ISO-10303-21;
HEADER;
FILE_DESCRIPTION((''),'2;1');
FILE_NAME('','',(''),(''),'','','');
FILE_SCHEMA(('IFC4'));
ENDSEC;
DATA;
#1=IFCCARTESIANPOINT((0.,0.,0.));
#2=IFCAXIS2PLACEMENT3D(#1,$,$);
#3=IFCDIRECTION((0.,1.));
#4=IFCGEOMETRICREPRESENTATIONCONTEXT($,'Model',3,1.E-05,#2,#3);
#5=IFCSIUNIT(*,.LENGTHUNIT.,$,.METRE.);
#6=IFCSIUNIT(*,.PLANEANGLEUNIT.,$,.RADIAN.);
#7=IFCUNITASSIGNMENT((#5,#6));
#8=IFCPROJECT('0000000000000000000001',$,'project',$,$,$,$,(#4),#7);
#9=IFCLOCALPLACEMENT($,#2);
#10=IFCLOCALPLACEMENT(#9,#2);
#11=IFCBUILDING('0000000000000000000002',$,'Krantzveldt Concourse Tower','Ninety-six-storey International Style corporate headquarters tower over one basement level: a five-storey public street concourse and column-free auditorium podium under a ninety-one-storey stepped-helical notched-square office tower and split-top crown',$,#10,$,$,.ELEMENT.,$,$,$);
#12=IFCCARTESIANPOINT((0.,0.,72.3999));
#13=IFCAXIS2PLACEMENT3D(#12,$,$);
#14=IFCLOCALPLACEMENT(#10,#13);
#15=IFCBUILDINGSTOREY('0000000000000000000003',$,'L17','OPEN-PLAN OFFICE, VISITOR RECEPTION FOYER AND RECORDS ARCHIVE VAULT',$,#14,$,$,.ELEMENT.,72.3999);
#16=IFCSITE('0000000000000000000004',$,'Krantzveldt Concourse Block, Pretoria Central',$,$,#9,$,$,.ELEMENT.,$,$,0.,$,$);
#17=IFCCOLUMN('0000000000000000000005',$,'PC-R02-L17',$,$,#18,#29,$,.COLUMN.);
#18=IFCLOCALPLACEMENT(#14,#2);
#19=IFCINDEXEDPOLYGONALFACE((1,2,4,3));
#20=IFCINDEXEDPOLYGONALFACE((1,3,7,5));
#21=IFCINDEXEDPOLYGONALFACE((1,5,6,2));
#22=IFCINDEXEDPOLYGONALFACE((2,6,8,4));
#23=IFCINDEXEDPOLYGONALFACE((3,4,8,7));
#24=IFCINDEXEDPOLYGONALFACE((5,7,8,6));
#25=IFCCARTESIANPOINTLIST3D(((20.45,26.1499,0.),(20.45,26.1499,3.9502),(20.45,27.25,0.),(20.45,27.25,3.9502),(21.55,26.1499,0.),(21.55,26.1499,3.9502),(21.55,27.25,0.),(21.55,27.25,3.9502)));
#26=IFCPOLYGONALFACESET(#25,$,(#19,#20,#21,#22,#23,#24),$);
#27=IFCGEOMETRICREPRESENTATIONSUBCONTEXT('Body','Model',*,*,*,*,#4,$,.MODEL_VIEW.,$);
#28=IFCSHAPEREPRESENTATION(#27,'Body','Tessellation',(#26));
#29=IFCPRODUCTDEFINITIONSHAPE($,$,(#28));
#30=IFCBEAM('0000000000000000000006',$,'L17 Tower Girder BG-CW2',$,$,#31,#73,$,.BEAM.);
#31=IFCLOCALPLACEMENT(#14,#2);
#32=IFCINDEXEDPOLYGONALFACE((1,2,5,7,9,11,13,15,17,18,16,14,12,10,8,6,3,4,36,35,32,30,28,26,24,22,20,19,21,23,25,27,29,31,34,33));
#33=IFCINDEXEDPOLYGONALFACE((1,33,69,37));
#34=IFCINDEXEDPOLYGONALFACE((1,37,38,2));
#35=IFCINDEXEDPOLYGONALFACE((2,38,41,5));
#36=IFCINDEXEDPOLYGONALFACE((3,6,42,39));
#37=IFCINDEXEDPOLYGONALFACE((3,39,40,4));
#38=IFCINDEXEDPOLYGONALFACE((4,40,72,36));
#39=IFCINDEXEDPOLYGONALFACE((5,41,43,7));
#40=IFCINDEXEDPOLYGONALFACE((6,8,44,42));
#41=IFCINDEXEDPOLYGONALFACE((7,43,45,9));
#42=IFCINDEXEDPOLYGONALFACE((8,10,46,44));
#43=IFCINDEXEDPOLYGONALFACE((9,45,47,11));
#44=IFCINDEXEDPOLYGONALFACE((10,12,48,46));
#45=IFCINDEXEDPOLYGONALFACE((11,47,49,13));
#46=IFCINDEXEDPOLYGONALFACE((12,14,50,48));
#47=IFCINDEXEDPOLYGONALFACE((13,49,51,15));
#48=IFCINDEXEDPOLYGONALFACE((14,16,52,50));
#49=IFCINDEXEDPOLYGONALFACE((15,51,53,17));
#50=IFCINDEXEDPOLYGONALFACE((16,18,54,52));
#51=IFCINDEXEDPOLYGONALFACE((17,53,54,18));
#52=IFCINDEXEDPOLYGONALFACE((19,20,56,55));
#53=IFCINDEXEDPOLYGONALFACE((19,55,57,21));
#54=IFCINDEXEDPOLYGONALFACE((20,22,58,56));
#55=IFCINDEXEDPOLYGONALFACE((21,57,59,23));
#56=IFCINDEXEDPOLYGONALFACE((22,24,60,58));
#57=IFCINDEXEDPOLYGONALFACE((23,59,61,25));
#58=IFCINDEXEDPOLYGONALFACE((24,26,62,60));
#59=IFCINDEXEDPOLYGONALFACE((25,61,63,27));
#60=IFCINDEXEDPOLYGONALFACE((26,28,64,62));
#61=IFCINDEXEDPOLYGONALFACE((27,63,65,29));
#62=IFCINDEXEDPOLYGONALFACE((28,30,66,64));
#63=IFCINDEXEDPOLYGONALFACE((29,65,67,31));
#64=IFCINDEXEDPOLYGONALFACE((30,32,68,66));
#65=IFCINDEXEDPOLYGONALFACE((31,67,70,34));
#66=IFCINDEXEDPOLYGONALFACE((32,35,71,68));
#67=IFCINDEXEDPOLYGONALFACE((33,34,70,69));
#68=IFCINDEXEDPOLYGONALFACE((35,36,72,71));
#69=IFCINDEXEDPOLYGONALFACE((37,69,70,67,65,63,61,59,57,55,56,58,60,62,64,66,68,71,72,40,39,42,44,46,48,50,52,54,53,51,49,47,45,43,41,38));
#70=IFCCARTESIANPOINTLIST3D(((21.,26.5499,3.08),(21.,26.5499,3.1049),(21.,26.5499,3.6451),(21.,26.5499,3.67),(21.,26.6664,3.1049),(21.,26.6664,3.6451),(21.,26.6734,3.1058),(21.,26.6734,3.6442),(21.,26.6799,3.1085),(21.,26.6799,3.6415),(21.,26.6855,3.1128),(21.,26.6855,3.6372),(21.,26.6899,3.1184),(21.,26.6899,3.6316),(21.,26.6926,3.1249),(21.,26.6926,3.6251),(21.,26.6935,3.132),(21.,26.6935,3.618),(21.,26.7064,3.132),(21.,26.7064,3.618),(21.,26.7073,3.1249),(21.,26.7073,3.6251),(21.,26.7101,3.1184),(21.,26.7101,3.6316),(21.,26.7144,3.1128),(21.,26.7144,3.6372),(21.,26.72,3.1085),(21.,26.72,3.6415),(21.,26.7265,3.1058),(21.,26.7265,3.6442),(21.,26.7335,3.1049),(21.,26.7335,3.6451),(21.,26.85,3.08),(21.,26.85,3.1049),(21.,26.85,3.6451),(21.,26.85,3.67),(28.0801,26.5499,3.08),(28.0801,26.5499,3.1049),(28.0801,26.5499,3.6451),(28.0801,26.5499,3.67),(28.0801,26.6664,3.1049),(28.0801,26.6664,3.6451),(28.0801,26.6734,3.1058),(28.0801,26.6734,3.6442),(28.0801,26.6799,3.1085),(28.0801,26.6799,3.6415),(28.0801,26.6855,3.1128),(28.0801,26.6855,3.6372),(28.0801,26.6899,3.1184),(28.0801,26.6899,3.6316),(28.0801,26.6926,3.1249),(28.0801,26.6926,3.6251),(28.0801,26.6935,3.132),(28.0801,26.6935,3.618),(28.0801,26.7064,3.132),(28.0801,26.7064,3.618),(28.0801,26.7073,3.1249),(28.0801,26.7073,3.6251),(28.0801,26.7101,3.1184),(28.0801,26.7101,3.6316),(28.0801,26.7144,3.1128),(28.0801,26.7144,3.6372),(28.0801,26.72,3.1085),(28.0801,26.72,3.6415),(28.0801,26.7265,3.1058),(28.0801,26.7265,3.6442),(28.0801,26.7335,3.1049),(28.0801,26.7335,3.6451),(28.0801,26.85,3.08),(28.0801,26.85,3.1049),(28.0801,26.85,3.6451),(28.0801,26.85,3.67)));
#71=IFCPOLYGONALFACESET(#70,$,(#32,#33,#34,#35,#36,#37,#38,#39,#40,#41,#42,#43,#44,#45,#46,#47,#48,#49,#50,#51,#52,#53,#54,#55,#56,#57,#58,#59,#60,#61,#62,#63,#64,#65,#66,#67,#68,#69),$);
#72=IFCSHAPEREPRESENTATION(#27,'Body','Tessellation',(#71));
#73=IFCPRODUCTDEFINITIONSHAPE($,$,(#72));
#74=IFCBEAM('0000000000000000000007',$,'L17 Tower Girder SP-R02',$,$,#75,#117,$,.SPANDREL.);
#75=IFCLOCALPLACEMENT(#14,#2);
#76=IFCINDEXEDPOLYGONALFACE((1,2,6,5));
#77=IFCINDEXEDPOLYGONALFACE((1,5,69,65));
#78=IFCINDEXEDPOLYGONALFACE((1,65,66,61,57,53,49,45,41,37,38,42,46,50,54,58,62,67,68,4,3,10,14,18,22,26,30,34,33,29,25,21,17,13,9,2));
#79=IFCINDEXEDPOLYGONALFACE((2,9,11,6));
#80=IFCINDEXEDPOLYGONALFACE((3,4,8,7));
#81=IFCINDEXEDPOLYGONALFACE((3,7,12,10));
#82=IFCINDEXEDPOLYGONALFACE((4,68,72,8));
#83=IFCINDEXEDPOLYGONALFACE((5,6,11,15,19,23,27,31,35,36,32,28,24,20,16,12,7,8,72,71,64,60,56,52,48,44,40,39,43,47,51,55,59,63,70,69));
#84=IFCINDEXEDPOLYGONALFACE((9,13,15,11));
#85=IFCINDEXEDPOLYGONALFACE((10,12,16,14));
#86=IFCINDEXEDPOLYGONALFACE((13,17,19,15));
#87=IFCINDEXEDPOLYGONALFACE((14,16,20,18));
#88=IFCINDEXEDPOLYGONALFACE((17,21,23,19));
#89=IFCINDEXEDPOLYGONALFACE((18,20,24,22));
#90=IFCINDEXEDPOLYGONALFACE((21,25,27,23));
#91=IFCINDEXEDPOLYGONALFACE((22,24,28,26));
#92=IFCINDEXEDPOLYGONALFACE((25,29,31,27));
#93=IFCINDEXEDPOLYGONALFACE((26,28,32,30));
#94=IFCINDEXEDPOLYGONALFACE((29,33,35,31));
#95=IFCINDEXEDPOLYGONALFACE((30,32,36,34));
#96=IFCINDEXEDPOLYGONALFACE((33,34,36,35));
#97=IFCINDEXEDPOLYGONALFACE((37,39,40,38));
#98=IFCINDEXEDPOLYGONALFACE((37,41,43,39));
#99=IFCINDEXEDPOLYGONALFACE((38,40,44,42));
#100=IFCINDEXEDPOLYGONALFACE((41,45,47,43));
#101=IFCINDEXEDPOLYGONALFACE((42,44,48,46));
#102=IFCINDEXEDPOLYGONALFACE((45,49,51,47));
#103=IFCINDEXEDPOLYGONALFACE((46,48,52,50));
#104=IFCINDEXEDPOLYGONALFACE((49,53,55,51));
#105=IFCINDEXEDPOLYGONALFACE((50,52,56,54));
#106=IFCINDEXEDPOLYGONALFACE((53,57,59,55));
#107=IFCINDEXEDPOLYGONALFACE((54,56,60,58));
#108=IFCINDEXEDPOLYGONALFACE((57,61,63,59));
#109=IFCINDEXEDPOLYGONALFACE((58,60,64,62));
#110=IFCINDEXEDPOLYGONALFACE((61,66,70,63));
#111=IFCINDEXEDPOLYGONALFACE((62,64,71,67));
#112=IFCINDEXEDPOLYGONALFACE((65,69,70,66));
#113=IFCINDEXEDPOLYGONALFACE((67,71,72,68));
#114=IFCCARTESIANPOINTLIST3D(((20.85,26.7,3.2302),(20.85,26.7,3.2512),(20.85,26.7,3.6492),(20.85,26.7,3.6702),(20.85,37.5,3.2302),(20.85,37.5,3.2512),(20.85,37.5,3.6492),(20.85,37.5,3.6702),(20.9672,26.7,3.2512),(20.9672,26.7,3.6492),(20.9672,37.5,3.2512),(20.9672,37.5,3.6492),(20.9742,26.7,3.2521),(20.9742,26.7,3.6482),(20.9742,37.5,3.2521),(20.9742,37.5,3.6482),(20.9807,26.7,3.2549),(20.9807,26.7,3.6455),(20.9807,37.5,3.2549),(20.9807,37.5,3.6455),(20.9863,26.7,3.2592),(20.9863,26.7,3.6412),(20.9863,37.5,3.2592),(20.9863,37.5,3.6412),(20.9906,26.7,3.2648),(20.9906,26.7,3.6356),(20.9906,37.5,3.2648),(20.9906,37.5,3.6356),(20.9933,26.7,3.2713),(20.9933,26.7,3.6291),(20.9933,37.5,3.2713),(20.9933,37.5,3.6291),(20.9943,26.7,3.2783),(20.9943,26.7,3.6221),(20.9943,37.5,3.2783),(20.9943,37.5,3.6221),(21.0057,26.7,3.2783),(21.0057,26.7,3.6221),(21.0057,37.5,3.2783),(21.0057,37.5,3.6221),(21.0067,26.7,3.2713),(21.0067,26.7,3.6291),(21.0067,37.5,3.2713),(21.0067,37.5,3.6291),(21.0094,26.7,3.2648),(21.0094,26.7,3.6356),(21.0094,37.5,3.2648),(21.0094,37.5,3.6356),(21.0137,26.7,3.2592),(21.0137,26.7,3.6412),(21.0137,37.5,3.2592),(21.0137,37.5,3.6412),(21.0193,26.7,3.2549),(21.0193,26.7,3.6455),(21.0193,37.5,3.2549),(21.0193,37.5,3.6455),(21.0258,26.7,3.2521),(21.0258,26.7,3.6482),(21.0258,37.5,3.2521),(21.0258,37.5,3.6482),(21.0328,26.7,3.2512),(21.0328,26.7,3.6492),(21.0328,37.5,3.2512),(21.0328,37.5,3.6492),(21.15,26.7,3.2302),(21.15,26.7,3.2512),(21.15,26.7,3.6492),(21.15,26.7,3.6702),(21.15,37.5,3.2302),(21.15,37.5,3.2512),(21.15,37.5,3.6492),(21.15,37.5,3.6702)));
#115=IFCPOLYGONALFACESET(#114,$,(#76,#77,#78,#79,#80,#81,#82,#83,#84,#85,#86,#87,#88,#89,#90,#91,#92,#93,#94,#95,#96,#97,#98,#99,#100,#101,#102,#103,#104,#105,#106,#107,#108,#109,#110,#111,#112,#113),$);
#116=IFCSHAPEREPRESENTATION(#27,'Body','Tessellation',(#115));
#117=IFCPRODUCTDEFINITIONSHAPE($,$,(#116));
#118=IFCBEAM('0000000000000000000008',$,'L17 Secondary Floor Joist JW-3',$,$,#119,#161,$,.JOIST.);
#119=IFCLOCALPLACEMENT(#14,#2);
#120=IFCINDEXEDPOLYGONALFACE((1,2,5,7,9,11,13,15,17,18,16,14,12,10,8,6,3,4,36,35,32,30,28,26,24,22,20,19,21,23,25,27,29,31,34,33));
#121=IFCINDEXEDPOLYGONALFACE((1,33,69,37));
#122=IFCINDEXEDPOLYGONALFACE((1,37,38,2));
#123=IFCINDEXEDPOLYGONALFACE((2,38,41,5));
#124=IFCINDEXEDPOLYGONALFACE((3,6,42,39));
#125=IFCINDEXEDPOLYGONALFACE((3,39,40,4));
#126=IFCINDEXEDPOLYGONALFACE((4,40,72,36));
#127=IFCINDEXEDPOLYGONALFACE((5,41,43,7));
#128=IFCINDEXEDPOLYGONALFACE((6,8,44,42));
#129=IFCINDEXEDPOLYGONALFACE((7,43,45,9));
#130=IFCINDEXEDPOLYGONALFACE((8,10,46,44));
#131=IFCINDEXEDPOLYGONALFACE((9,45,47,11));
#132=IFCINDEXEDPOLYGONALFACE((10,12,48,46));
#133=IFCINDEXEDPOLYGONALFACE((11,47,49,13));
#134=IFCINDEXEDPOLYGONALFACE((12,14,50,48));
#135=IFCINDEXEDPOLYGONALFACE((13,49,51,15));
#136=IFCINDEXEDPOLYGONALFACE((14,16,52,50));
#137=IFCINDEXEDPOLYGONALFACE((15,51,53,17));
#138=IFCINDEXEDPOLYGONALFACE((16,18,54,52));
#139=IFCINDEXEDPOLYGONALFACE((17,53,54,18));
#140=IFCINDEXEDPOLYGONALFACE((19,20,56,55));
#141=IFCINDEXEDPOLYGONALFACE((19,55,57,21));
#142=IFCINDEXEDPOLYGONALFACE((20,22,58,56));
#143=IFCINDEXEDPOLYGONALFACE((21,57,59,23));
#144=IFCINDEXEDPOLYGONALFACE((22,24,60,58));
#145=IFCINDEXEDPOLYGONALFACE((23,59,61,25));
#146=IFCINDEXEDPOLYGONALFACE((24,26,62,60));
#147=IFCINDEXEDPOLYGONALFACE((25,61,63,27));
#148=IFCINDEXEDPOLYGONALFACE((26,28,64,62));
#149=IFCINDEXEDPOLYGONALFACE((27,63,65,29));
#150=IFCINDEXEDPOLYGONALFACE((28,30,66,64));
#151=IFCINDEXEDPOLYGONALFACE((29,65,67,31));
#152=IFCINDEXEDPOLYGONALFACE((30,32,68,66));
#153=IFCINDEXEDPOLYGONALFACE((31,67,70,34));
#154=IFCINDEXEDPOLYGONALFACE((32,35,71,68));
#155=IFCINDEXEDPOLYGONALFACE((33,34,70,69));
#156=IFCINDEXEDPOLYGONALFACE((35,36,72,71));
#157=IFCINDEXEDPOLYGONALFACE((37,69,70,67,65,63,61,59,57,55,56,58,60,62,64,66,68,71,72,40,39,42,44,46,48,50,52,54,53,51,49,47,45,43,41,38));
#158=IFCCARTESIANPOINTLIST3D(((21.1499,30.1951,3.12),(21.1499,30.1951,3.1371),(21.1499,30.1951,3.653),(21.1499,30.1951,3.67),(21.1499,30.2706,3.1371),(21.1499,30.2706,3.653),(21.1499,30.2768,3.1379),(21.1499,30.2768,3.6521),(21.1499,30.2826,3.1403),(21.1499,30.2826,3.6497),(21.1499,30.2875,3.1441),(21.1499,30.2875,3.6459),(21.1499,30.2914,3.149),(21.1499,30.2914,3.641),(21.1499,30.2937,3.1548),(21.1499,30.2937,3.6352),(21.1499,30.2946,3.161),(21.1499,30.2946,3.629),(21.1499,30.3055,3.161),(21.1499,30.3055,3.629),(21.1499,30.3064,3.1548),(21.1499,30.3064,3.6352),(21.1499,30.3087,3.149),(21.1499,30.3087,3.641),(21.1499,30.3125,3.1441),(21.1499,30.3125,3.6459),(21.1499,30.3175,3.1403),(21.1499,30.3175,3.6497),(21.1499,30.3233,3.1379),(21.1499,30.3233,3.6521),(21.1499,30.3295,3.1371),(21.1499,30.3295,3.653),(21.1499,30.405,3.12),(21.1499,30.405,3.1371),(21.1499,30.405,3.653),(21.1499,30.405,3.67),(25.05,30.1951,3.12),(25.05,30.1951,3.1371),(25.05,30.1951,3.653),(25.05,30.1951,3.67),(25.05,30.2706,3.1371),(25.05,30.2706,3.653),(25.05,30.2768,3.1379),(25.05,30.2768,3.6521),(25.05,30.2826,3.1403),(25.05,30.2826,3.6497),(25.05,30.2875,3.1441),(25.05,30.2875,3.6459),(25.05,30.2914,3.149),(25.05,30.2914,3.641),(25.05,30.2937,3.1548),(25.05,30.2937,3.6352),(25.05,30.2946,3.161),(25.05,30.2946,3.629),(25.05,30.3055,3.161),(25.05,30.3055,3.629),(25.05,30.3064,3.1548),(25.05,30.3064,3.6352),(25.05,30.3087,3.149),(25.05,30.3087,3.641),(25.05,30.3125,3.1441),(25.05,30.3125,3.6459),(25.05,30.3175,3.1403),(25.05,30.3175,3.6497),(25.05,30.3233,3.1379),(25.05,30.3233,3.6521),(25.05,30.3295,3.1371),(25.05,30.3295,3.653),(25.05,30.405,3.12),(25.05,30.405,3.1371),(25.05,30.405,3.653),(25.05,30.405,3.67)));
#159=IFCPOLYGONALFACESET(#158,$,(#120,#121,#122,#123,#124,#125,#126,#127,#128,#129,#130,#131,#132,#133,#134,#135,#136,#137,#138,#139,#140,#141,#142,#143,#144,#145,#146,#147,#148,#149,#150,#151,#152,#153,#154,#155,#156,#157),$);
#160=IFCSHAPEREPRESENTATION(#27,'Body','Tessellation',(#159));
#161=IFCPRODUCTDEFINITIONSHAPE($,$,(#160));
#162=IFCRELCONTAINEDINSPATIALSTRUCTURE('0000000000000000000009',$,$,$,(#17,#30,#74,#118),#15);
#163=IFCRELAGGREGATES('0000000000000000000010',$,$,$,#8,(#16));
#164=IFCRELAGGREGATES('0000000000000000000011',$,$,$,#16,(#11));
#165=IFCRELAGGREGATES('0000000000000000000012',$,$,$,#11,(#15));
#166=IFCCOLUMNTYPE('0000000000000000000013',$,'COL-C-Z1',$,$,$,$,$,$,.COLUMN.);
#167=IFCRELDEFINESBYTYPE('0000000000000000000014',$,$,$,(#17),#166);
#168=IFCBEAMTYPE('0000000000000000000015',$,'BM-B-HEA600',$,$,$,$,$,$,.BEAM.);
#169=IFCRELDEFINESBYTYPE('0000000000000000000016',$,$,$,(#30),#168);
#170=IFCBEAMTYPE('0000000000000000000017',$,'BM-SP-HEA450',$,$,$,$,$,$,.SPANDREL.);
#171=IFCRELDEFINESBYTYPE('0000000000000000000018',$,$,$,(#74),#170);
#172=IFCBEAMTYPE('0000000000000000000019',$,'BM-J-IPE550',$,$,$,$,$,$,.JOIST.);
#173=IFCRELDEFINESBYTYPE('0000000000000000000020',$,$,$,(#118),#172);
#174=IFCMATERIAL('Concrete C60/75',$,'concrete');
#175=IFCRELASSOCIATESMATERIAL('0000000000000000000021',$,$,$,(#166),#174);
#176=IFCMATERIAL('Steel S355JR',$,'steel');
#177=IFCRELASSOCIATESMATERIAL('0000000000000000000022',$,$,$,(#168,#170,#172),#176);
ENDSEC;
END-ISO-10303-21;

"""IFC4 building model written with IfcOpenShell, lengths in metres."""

from ifc_helpers import new_model, si_unit, direction, frame, origin, origin_2d, place, context, subcontext, project, spatial, rectangle, i_section, extrude, source, transform, mapped, material, material_profile, profile_set, type_object, type_shapes, element, save


model = new_model("IFC4")

# Units and contexts
model_context = context("Model", 3, precision=1e-05, world=origin(), true_north=direction((0.0, 1.0)))
body_context = subcontext(model_context, "Body", "Model", "MODEL_VIEW")
ifc_project = project(units=[si_unit("LENGTHUNIT", "METRE"), si_unit("PLANEANGLEUNIT", "RADIAN")], contexts=[model_context])

# Site, building, storey
site_placement = place(None, origin())
site = spatial("IfcSite", under=ifc_project, at=site_placement, Name="Krantzveldt Concourse Block, Pretoria Central", CompositionType="ELEMENT", RefElevation=0.0)
building_placement = place(site_placement, origin())
building = spatial("IfcBuilding", under=site, at=building_placement, Name="Krantzveldt Concourse Tower", Description="Ninety-six-storey International Style corporate headquarters tower over one basement level: a five-storey public street concourse and column-free auditorium podium under a ninety-one-storey stepped-helical notched-square office tower and split-top crown", CompositionType="ELEMENT")
storey_placement = place(building_placement, frame((0.0, 0.0, 72.3999)))
storey = spatial("IfcBuildingStorey", under=building, at=storey_placement, Name="L17", Description="OPEN-PLAN OFFICE, VISITOR RECEPTION FOYER AND RECORDS ARCHIVE VAULT", CompositionType="ELEMENT", Elevation=72.3999)

# Column
ifc_material_1 = material(Name="Concrete C60/75", Category="concrete")
ifc_material_profile_1 = material_profile(ifc_material_1, rectangle(XDim=1.1001, YDim=1.1001, at=origin_2d()), Name="Concrete C60/75", Category="concrete")
ifc_profile_set_1 = profile_set([ifc_material_profile_1], Name="Concrete C60/75 - RC 1100x1100")
column_type = type_object("IfcColumnType", Name="COL-C-Z1", PredefinedType="COLUMN", material=ifc_profile_set_1)
shared_shape_1 = source(origin(), body_context, "Body", "SweptSolid", [
    extrude(rectangle(XDim=1.1001, YDim=1.1001, at=origin_2d()), origin(), (0.0, 0.0, 1.0), 3.9502),
])
type_shapes(column_type, [shared_shape_1])
column_placement = place(storey_placement, frame((21.0, 26.7, 0.0), z_axis=(0.0, 0.0, 1.0), x_axis=(1.0, 0.0, 0.0)))
element("IfcColumn", 1, at=column_placement, inside=storey, type_object=column_type, Name="PC-R02-L17", PredefinedType="COLUMN", context=body_context, shape_type="MappedRepresentation", body=[
    mapped(shared_shape_1, transform((0.0, 0.0, 0.0), x_axis=(1.0, 0.0, 0.0), y_axis=(0.0, 1.0, 0.0), z_axis=(0.0, 0.0, 1.0), scale=1.0)),
])

# Beams
ifc_material_2 = material(Name="Steel S355JR", Category="steel")
ifc_material_profile_2 = material_profile(ifc_material_2, i_section(OverallWidth=0.3, OverallDepth=0.5901, WebThickness=0.0129, FlangeThickness=0.0249, FilletRadius=0.0271, at=origin_2d()), Name="Steel S355JR", Category="steel")
ifc_profile_set_2 = profile_set([ifc_material_profile_2], Name="Steel S355JR - HEA 600")
beam_type_1 = type_object("IfcBeamType", Name="BM-B-HEA600", PredefinedType="BEAM", material=ifc_profile_set_2)
shared_shape_2 = source(origin(), body_context, "Body", "SweptSolid", [
    extrude(i_section(OverallWidth=0.3, OverallDepth=0.5901, WebThickness=0.0129, FlangeThickness=0.0249, FilletRadius=0.0271, at=origin_2d()), origin(), (0.0, 0.0, 1.0), 7.0801),
])
type_shapes(beam_type_1, [shared_shape_2])
beam_1_placement = place(storey_placement, frame((21.0, 26.7, 3.375), z_axis=(1.0, 0.0, 0.0), x_axis=(0.0, 1.0, 0.0)))
element("IfcBeam", 2, at=beam_1_placement, inside=storey, type_object=beam_type_1, Name="L17 Tower Girder BG-CW2", PredefinedType="BEAM", context=body_context, shape_type="MappedRepresentation", body=[
    mapped(shared_shape_2, transform((0.0, 0.0, 0.0), x_axis=(1.0, 0.0, 0.0), y_axis=(0.0, 1.0, 0.0), z_axis=(0.0, 0.0, 1.0), scale=1.0)),
])
ifc_material_profile_3 = material_profile(ifc_material_2, i_section(OverallWidth=0.3, OverallDepth=0.4399, WebThickness=0.0115, FlangeThickness=0.021, FilletRadius=0.0271, at=origin_2d()), Name="Steel S355JR", Category="steel")
ifc_profile_set_3 = profile_set([ifc_material_profile_3], Name="Steel S355JR - HEA 450")
beam_type_2 = type_object("IfcBeamType", Name="BM-SP-HEA450", PredefinedType="SPANDREL", material=ifc_profile_set_3)
shared_shape_3 = source(origin(), body_context, "Body", "SweptSolid", [
    extrude(i_section(OverallWidth=0.3, OverallDepth=0.4399, WebThickness=0.0115, FlangeThickness=0.021, FilletRadius=0.0271, at=origin_2d()), origin(), (0.0, 0.0, 1.0), 10.8),
])
type_shapes(beam_type_2, [shared_shape_3])
beam_2_placement = place(storey_placement, frame((21.0, 26.7, 3.4502), z_axis=(0.0, 1.0, 0.0), x_axis=(-1.0, 0.0, 0.0)))
element("IfcBeam", 3, at=beam_2_placement, inside=storey, type_object=beam_type_2, Name="L17 Tower Girder SP-R02", PredefinedType="SPANDREL", context=body_context, shape_type="MappedRepresentation", body=[
    mapped(shared_shape_3, transform((0.0, 0.0, 0.0), x_axis=(1.0, 0.0, 0.0), y_axis=(0.0, 1.0, 0.0), z_axis=(0.0, 0.0, 1.0), scale=1.0)),
])
ifc_material_profile_4 = material_profile(ifc_material_2, i_section(OverallWidth=0.21, OverallDepth=0.55, WebThickness=0.011, FlangeThickness=0.0171, FilletRadius=0.0239, at=origin_2d()), Name="Steel S355JR", Category="steel")
ifc_profile_set_4 = profile_set([ifc_material_profile_4], Name="Steel S355JR - IPE 550")
beam_type_3 = type_object("IfcBeamType", Name="BM-J-IPE550", PredefinedType="JOIST", material=ifc_profile_set_4)
shared_shape_4 = source(origin(), body_context, "Body", "SweptSolid", [
    extrude(i_section(OverallWidth=0.21, OverallDepth=0.55, WebThickness=0.011, FlangeThickness=0.0171, FilletRadius=0.0239, at=origin_2d()), origin(), (0.0, 0.0, 1.0), 3.9001),
])
type_shapes(beam_type_3, [shared_shape_4])
for number, where, z_axis, x_axis, name in (
    (4, (21.1499, 30.3, 3.395), (1.0, 0.0, 0.0), (0.0, 1.0, 0.0), "L17 Secondary Floor Joist JW-3"),
):
    element("IfcBeam", number, at=place(storey_placement, frame(where, z_axis=z_axis, x_axis=x_axis)), inside=storey, type_object=beam_type_3, Name=name, PredefinedType="JOIST", context=body_context, shape_type="MappedRepresentation", body=[
        mapped(shared_shape_4, transform((0.0, 0.0, 0.0), x_axis=(1.0, 0.0, 0.0), y_axis=(0.0, 1.0, 0.0), z_axis=(0.0, 0.0, 1.0), scale=1.0)),
    ])

save(model, "model.ifc")
